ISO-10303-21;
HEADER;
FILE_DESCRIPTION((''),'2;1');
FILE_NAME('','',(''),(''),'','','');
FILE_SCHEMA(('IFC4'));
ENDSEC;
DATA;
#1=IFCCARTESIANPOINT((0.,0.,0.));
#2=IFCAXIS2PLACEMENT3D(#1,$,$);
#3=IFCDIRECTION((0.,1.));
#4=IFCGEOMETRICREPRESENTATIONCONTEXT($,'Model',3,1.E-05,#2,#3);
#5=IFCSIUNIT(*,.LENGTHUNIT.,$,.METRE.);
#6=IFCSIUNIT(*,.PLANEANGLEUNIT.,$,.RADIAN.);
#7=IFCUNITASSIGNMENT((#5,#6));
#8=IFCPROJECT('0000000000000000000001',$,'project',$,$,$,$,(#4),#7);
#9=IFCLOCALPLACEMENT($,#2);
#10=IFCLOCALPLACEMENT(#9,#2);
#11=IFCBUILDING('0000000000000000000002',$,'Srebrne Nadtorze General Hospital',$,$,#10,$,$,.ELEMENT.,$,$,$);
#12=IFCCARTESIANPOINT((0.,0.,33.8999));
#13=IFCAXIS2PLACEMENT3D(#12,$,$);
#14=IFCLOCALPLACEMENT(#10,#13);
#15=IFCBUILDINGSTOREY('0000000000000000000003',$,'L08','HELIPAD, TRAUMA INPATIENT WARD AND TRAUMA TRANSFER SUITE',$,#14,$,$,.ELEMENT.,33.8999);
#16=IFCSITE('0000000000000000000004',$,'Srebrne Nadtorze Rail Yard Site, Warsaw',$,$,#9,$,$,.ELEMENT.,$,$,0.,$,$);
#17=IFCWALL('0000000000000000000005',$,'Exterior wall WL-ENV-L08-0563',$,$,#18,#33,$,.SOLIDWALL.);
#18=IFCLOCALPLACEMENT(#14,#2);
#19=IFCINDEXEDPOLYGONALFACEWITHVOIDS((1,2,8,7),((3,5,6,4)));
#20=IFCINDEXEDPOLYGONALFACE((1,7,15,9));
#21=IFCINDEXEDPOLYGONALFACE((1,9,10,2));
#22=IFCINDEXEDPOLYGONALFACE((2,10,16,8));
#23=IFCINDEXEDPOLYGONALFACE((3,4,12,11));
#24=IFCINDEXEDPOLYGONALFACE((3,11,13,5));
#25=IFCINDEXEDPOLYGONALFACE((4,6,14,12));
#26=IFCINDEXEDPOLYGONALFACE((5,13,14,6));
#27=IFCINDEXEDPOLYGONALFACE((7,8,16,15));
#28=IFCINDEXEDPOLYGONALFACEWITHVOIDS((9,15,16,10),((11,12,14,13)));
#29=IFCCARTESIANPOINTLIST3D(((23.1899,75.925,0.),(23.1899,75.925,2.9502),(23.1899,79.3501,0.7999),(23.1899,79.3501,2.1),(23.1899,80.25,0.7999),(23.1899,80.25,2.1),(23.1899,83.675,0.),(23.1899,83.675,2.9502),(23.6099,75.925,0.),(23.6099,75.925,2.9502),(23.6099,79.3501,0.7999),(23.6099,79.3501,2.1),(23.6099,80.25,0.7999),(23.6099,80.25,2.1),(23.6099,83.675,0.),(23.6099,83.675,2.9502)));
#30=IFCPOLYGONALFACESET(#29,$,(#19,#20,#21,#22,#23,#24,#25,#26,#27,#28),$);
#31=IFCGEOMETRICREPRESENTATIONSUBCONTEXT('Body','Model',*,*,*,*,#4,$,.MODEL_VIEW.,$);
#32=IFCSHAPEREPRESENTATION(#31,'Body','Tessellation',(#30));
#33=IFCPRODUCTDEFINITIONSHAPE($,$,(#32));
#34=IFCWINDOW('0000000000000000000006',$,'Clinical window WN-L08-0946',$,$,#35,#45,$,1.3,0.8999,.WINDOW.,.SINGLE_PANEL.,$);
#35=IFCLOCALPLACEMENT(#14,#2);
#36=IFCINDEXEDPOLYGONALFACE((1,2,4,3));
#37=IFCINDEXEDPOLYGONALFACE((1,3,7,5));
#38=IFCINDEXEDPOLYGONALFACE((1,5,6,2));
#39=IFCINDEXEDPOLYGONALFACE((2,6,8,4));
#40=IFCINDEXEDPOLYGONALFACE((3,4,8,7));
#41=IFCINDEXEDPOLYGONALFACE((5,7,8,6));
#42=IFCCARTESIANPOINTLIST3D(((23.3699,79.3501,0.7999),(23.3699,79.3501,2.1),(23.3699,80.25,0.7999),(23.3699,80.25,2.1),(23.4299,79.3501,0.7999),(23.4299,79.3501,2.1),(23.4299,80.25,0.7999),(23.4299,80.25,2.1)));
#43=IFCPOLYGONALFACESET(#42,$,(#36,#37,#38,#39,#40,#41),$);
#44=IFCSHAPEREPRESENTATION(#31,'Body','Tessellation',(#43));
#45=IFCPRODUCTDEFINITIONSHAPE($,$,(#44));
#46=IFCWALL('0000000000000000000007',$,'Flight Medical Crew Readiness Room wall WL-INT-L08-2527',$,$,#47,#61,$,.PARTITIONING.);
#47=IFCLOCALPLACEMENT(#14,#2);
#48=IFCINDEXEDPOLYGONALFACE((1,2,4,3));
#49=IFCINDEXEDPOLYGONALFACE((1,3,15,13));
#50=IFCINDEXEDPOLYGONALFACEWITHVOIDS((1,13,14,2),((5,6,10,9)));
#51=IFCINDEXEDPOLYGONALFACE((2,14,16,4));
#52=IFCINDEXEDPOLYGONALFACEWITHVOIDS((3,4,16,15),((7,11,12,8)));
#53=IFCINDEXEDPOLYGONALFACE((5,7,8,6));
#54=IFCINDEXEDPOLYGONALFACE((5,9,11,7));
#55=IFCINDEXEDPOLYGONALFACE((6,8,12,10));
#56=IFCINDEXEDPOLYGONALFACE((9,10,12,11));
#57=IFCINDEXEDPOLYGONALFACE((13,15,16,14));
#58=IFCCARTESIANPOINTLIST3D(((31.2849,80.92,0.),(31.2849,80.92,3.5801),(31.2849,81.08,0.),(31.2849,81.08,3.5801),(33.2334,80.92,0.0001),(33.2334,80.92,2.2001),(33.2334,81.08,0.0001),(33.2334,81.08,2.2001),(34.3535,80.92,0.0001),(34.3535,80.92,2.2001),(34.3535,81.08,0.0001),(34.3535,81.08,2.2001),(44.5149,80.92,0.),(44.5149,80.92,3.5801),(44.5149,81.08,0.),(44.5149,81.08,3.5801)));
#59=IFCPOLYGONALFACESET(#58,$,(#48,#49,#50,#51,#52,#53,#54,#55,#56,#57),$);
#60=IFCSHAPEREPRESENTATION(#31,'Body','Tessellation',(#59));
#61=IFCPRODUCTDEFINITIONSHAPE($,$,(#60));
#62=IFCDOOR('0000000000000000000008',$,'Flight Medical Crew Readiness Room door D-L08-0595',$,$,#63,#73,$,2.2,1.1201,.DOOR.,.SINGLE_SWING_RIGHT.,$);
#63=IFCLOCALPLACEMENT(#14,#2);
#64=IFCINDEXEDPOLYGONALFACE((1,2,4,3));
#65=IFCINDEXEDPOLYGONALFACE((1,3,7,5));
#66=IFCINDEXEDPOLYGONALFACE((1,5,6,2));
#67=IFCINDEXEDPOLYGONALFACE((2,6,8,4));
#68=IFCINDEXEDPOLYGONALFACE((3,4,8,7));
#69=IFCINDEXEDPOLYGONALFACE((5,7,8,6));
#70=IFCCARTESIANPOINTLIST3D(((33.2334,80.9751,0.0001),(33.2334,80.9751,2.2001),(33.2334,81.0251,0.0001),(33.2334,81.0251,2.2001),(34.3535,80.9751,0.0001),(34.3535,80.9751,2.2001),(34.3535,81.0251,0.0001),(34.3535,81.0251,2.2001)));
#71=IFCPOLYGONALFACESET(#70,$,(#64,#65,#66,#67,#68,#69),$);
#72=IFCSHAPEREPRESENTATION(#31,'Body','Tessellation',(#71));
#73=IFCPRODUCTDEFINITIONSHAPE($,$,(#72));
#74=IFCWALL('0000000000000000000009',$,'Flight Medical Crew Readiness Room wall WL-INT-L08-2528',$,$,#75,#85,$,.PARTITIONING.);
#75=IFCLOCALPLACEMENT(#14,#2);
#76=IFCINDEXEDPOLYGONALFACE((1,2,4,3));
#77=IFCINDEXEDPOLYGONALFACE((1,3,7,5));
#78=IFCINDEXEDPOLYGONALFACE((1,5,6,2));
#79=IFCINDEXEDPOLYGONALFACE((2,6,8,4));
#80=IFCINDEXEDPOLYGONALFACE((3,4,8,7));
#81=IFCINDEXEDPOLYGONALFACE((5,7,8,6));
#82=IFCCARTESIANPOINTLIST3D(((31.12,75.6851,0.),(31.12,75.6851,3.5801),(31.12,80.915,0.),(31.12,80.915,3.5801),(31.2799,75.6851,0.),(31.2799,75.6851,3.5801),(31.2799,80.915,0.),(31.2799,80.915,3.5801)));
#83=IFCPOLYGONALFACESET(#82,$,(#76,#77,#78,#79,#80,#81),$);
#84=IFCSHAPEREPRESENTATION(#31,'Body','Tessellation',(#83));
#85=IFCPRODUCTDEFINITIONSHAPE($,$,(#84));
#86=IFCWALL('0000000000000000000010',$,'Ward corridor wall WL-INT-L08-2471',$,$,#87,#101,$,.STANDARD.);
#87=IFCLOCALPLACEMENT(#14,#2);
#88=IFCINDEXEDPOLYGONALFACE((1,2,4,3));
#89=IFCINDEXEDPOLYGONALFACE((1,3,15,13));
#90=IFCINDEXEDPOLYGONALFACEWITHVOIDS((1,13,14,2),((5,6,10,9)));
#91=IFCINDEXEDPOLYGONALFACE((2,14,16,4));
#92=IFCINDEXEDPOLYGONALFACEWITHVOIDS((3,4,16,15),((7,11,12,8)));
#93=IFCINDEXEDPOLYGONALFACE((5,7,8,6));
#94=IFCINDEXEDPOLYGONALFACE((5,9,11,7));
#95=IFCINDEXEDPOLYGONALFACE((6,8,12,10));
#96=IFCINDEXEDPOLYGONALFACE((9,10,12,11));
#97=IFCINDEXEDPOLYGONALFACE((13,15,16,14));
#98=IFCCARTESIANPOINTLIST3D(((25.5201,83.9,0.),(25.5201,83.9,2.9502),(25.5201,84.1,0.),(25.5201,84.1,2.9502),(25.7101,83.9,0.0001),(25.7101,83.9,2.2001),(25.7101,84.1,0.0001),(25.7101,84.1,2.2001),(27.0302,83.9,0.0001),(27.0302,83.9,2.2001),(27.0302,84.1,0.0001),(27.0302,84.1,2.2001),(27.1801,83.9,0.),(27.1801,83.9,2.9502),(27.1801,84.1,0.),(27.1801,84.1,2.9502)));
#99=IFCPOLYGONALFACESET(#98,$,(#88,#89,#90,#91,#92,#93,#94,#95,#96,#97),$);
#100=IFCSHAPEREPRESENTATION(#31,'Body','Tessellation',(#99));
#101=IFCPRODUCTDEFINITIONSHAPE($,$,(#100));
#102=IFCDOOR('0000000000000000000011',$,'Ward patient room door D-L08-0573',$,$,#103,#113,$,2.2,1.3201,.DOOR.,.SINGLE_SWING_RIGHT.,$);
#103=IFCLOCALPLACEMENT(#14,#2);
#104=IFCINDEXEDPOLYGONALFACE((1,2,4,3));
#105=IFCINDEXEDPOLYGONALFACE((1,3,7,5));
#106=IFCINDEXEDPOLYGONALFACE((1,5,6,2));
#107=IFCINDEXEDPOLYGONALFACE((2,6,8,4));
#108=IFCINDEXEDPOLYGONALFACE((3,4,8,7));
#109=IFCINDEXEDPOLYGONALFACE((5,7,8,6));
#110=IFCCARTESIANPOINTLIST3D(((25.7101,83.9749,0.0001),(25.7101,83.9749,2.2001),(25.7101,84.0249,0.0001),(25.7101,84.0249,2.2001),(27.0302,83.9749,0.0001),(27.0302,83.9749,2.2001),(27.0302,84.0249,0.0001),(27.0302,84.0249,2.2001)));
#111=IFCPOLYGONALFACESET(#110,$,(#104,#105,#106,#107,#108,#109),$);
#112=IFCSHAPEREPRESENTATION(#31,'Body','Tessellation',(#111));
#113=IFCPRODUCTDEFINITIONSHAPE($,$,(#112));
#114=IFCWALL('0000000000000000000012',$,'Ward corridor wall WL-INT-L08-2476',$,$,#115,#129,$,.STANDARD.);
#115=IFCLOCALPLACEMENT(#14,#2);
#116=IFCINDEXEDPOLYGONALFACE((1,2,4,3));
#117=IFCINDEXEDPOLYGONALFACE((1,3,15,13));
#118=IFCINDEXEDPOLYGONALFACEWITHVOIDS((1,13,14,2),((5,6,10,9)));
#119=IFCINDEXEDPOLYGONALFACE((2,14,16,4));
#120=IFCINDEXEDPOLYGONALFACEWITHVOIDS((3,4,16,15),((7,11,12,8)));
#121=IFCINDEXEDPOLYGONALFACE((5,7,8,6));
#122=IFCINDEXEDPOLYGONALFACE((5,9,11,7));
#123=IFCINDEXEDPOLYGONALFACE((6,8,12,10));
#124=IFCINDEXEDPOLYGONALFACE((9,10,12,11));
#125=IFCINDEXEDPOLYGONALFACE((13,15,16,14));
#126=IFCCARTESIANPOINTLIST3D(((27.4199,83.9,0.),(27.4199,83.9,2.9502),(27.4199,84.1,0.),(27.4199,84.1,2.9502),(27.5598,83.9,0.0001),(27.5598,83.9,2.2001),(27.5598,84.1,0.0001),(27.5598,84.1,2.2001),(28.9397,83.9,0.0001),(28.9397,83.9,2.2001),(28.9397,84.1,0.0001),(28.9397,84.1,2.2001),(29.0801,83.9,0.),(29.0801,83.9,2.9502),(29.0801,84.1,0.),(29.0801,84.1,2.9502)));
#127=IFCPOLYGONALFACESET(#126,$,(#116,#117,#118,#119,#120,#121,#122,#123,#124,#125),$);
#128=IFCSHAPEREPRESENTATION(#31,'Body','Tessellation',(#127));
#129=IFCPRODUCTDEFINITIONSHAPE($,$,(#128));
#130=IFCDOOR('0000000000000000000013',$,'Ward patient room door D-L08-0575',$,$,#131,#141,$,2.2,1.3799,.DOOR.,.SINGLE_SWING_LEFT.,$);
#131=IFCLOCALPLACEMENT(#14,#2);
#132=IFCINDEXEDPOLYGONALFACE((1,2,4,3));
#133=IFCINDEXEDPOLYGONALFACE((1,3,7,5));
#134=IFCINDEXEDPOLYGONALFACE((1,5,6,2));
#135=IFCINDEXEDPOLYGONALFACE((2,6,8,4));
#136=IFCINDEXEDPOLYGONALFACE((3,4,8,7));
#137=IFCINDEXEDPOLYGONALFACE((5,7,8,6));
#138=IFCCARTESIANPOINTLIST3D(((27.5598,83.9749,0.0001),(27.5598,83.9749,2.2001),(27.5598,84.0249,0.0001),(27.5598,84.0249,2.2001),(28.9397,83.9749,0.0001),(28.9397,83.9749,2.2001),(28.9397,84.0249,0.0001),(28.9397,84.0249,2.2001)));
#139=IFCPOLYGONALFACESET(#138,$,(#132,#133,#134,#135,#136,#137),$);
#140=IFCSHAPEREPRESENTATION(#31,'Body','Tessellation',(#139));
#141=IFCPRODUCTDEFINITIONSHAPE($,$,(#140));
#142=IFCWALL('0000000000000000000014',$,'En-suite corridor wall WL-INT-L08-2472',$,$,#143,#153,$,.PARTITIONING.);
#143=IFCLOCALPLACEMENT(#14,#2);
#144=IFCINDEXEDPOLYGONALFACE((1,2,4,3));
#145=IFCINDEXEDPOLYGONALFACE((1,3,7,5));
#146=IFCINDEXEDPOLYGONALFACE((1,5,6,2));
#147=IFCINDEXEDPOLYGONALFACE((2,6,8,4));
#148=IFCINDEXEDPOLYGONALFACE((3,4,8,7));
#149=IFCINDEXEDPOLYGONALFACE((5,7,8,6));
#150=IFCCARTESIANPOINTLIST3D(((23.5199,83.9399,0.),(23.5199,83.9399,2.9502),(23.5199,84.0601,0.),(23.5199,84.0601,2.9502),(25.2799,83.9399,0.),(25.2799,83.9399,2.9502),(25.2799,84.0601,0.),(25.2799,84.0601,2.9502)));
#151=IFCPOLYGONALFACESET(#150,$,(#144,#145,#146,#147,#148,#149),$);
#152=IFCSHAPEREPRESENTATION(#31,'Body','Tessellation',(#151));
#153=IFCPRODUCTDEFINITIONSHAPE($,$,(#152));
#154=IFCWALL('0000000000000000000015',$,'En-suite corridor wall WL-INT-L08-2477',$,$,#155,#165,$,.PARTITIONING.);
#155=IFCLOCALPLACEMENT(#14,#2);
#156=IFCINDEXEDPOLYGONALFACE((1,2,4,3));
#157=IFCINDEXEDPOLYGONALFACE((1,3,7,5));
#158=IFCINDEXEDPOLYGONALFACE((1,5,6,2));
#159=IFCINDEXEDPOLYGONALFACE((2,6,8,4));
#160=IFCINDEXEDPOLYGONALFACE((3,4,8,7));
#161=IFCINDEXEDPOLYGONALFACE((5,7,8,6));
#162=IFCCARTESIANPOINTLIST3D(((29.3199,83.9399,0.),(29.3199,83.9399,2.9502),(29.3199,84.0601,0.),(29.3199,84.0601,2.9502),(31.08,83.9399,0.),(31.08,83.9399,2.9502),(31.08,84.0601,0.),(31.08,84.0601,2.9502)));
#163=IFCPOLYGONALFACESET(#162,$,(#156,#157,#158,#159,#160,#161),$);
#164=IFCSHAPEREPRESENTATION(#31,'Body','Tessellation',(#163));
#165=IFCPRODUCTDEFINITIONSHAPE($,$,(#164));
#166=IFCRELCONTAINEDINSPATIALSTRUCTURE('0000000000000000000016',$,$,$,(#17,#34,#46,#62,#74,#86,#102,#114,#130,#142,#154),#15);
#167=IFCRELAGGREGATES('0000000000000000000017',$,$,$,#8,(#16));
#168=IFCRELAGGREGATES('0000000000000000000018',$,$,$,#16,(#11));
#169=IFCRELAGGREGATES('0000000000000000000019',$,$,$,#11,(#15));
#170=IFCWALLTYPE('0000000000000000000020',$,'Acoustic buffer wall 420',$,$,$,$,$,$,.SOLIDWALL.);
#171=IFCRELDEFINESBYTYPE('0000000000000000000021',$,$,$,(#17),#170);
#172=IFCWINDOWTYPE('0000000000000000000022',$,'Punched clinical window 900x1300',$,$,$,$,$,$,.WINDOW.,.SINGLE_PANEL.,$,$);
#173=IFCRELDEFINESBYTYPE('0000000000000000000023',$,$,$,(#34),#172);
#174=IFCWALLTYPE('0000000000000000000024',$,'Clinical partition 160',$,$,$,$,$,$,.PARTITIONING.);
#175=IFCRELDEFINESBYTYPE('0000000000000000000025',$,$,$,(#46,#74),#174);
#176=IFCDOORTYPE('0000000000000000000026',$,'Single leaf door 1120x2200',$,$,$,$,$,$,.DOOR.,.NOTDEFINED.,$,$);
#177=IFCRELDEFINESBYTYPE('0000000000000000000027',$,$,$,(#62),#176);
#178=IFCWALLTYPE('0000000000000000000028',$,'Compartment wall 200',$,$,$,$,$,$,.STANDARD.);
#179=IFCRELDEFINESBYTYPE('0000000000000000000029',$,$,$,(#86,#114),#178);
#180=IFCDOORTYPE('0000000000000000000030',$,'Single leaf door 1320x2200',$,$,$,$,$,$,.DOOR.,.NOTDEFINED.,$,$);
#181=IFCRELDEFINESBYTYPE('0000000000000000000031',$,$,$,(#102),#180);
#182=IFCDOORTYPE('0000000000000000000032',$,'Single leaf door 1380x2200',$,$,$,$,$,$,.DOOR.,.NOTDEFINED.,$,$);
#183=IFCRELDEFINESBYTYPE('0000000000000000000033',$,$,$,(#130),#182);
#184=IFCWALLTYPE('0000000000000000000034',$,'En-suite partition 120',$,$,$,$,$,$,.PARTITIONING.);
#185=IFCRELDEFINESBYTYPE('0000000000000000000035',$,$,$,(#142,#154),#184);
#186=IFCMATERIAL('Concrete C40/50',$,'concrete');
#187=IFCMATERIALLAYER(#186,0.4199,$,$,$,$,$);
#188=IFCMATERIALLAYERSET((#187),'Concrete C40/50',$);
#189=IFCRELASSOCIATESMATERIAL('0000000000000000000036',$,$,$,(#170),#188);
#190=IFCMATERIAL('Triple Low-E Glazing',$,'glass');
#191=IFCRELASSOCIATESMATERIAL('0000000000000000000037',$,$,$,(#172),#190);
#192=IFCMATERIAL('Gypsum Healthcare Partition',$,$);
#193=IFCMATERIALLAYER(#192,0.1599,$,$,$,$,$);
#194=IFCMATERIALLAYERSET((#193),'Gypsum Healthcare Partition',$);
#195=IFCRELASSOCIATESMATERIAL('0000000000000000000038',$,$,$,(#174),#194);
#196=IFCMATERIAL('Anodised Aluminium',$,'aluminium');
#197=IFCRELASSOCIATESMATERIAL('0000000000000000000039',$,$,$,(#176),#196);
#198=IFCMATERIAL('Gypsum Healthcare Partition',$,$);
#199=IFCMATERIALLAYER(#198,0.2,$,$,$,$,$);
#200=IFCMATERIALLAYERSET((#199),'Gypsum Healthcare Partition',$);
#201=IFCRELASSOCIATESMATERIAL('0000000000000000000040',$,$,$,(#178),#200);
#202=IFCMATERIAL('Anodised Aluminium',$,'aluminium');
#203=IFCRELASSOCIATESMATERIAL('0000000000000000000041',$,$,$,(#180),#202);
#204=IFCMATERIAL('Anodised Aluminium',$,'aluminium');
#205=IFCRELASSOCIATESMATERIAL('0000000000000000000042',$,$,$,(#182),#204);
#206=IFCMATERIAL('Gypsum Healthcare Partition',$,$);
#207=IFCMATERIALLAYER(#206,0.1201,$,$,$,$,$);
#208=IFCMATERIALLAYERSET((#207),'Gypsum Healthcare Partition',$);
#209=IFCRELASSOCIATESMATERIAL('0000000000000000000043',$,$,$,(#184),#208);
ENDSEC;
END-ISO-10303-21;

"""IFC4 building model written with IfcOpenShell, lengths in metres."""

from ifc_helpers import new_model, si_unit, direction, frame, frame_2d, origin, place, context, subcontext, project, spatial, rectangle, extrude, material, layer, layer_set, type_object, element, fill, save


model = new_model("IFC4")

# Units and contexts
model_context = context("Model", 3, precision=1e-05, world=origin(), true_north=direction((0.0, 1.0)))
body_context = subcontext(model_context, "Body", "Model", "MODEL_VIEW")
ifc_project = project(units=[si_unit("LENGTHUNIT", "METRE"), si_unit("PLANEANGLEUNIT", "RADIAN")], contexts=[model_context])

# Site, building, storey
site_placement = place(None, origin())
site = spatial("IfcSite", under=ifc_project, at=site_placement, Name="Srebrne Nadtorze Rail Yard Site, Warsaw", CompositionType="ELEMENT", RefElevation=0.0)
building_placement = place(site_placement, origin())
building = spatial("IfcBuilding", under=site, at=building_placement, Name="Srebrne Nadtorze General Hospital", CompositionType="ELEMENT")
storey_placement = place(building_placement, frame((0.0, 0.0, 33.8999)))
storey = spatial("IfcBuildingStorey", under=building, at=storey_placement, Name="L08", Description="HELIPAD, TRAUMA INPATIENT WARD AND TRAUMA TRANSFER SUITE", CompositionType="ELEMENT", Elevation=33.8999)

# Wall, opening, window
ifc_material_1 = material(Name="Concrete C40/50", Category="concrete")
ifc_layer_1 = layer(ifc_material_1, 0.4199)
ifc_layer_set_1 = layer_set([ifc_layer_1], Name="Concrete C40/50")
wall_type_1 = type_object("IfcWallType", Name="Acoustic buffer wall 420", PredefinedType="SOLIDWALL", material=ifc_layer_set_1)
wall_1_placement = place(storey_placement, frame((23.3999, 75.925, 0.0), z_axis=(0.0, 0.0, 1.0), x_axis=(0.0, 1.0, 0.0)))
wall_1 = element("IfcWall", 1, at=wall_1_placement, inside=storey, type_object=wall_type_1, Name="Exterior wall WL-ENV-L08-0563", PredefinedType="SOLIDWALL", context=body_context, shape_type="SweptSolid", body=[
    extrude(rectangle(XDim=7.75, YDim=0.4199, at=frame_2d((3.875, 0.0))), origin(), (0.0, 0.0, 1.0), 2.9502),
])
opening_1_placement = place(wall_1_placement, frame((3.425, 0.0, 0.8)))
opening_1 = element("IfcOpeningElement", 2, at=opening_1_placement, cuts=wall_1, PredefinedType="OPENING", context=body_context, shape_type="SweptSolid", body=[
    extrude(rectangle(XDim=0.8999, YDim=1.3, at=frame_2d((0.45, 0.6499))), frame((0.0, 0.2219, 0.0), z_axis=(0.0, -1.0, 0.0), x_axis=(1.0, 0.0, 0.0)), (0.0, 0.0, 1.0), 0.4438),
])
ifc_material_2 = material(Name="Triple Low-E Glazing", Category="glass")
window_type = type_object("IfcWindowType", Name="Punched clinical window 900x1300", PartitioningType="SINGLE_PANEL", PredefinedType="WINDOW", material=ifc_material_2)
window_placement = place(opening_1_placement, origin())
window = element("IfcWindow", 3, at=window_placement, inside=storey, type_object=window_type, Name="Clinical window WN-L08-0946", OverallHeight=1.3, OverallWidth=0.8999, PartitioningType="SINGLE_PANEL", PredefinedType="WINDOW", context=body_context, shape_type="SweptSolid", body=[
    extrude(rectangle(XDim=0.8999, YDim=1.3, at=frame_2d((0.45, 0.6499))), frame((0.0, 0.03, 0.0), z_axis=(0.0, -1.0, 0.0), x_axis=(1.0, 0.0, 0.0)), (0.0, 0.0, 1.0), 0.0601),
])
fill(opening_1, window)

# Wall, opening, door
ifc_material_3 = material(Name="Gypsum Healthcare Partition")
ifc_layer_2 = layer(ifc_material_3, 0.1599)
ifc_layer_set_2 = layer_set([ifc_layer_2], Name="Gypsum Healthcare Partition")
wall_type_2 = type_object("IfcWallType", Name="Clinical partition 160", PredefinedType="PARTITIONING", material=ifc_layer_set_2)
wall_2_placement = place(storey_placement, frame((31.2849, 81.0, 0.0), z_axis=(0.0, 0.0, 1.0), x_axis=(1.0, 0.0, 0.0)))
wall_2 = element("IfcWall", 4, at=wall_2_placement, inside=storey, type_object=wall_type_2, Name="Flight Medical Crew Readiness Room wall WL-INT-L08-2527", PredefinedType="PARTITIONING", context=body_context, shape_type="SweptSolid", body=[
    extrude(rectangle(XDim=13.23, YDim=0.1599, at=frame_2d((6.615, 0.0))), origin(), (0.0, 0.0, 1.0), 3.5801),
])
opening_2_placement = place(wall_2_placement, frame((1.9485, 0.0, 0.0)))
opening_2 = element("IfcOpeningElement", 5, at=opening_2_placement, cuts=wall_2, PredefinedType="OPENING", context=body_context, shape_type="SweptSolid", body=[
    extrude(rectangle(XDim=1.1201, YDim=2.2, at=frame_2d((0.5601, 1.1001))), frame((0.0, 0.0918, 0.0), z_axis=(0.0, -1.0, 0.0), x_axis=(1.0, 0.0, 0.0)), (0.0, 0.0, 1.0), 0.1838),
])
ifc_material_4 = material(Name="Anodised Aluminium", Category="aluminium")
door_type_1 = type_object("IfcDoorType", Name="Single leaf door 1120x2200", OperationType="NOTDEFINED", PredefinedType="DOOR", material=ifc_material_4)
door_1_placement = place(opening_2_placement, frame((1.1201, 0.0, 0.0), z_axis=(0.0, 0.0, 1.0), x_axis=(-1.0, 0.0, 0.0)))
door_1 = element("IfcDoor", 6, at=door_1_placement, inside=storey, type_object=door_type_1, Name="Flight Medical Crew Readiness Room door D-L08-0595", OperationType="SINGLE_SWING_RIGHT", OverallHeight=2.2, OverallWidth=1.1201, PredefinedType="DOOR", context=body_context, shape_type="SweptSolid", body=[
    extrude(rectangle(XDim=1.1201, YDim=2.2, at=frame_2d((0.5601, 1.1001))), frame((0.0, 0.0249, 0.0), z_axis=(0.0, -1.0, 0.0), x_axis=(1.0, 0.0, 0.0)), (0.0, 0.0, 1.0), 0.05),
])
fill(opening_2, door_1)

# Wall
wall_3_placement = place(storey_placement, frame((31.2, 75.6851, 0.0), z_axis=(0.0, 0.0, 1.0), x_axis=(0.0, 1.0, 0.0)))
element("IfcWall", 7, at=wall_3_placement, inside=storey, type_object=wall_type_2, Name="Flight Medical Crew Readiness Room wall WL-INT-L08-2528", PredefinedType="PARTITIONING", context=body_context, shape_type="SweptSolid", body=[
    extrude(rectangle(XDim=5.23, YDim=0.1599, at=frame_2d((2.615, 0.0))), origin(), (0.0, 0.0, 1.0), 3.5801),
])

# Walls, openings, doors
ifc_material_5 = material(Name="Gypsum Healthcare Partition")
ifc_layer_3 = layer(ifc_material_5, 0.2)
ifc_layer_set_3 = layer_set([ifc_layer_3], Name="Gypsum Healthcare Partition")
wall_type_3 = type_object("IfcWallType", Name="Compartment wall 200", PredefinedType="STANDARD", material=ifc_layer_set_3)
wall_4_placement = place(storey_placement, frame((25.52, 84.0, 0.0), z_axis=(0.0, 0.0, 1.0), x_axis=(1.0, 0.0, 0.0)))
wall_4 = element("IfcWall", 8, at=wall_4_placement, inside=storey, type_object=wall_type_3, Name="Ward corridor wall WL-INT-L08-2471", PredefinedType="STANDARD", context=body_context, shape_type="SweptSolid", body=[
    extrude(rectangle(XDim=1.6599, YDim=0.2, at=frame_2d((0.8301, 0.0))), origin(), (0.0, 0.0, 1.0), 2.9502),
])
opening_3_placement = place(wall_4_placement, frame((0.1899, 0.0, 0.0)))
opening_3 = element("IfcOpeningElement", 9, at=opening_3_placement, cuts=wall_4, PredefinedType="OPENING", context=body_context, shape_type="SweptSolid", body=[
    extrude(rectangle(XDim=1.3201, YDim=2.2, at=frame_2d((0.6602, 1.1001))), frame((0.0, 0.1118, 0.0), z_axis=(0.0, -1.0, 0.0), x_axis=(1.0, 0.0, 0.0)), (0.0, 0.0, 1.0), 0.2239),
])
ifc_material_6 = material(Name="Anodised Aluminium", Category="aluminium")
door_type_2 = type_object("IfcDoorType", Name="Single leaf door 1320x2200", OperationType="NOTDEFINED", PredefinedType="DOOR", material=ifc_material_6)
door_2_placement = place(opening_3_placement, origin())
door_2 = element("IfcDoor", 10, at=door_2_placement, inside=storey, type_object=door_type_2, Name="Ward patient room door D-L08-0573", OperationType="SINGLE_SWING_RIGHT", OverallHeight=2.2, OverallWidth=1.3201, PredefinedType="DOOR", context=body_context, shape_type="SweptSolid", body=[
    extrude(rectangle(XDim=1.3201, YDim=2.2, at=frame_2d((0.6602, 1.1001))), frame((0.0, 0.0249, 0.0), z_axis=(0.0, -1.0, 0.0), x_axis=(1.0, 0.0, 0.0)), (0.0, 0.0, 1.0), 0.05),
])
fill(opening_3, door_2)
wall_5_placement = place(storey_placement, frame((27.4199, 84.0, 0.0), z_axis=(0.0, 0.0, 1.0), x_axis=(1.0, 0.0, 0.0)))
wall_5 = element("IfcWall", 11, at=wall_5_placement, inside=storey, type_object=wall_type_3, Name="Ward corridor wall WL-INT-L08-2476", PredefinedType="STANDARD", context=body_context, shape_type="SweptSolid", body=[
    extrude(rectangle(XDim=1.6602, YDim=0.2, at=frame_2d((0.8301, 0.0))), origin(), (0.0, 0.0, 1.0), 2.9502),
])
opening_4_placement = place(wall_5_placement, frame((0.1399, 0.0, 0.0)))
opening_4 = element("IfcOpeningElement", 12, at=opening_4_placement, cuts=wall_5, PredefinedType="OPENING", context=body_context, shape_type="SweptSolid", body=[
    extrude(rectangle(XDim=1.3799, YDim=2.2, at=frame_2d((0.6899, 1.1001))), frame((0.0, 0.1118, 0.0), z_axis=(0.0, -1.0, 0.0), x_axis=(1.0, 0.0, 0.0)), (0.0, 0.0, 1.0), 0.2239),
])
ifc_material_7 = material(Name="Anodised Aluminium", Category="aluminium")
door_type_3 = type_object("IfcDoorType", Name="Single leaf door 1380x2200", OperationType="NOTDEFINED", PredefinedType="DOOR", material=ifc_material_7)
door_3_placement = place(opening_4_placement, origin())
door_3 = element("IfcDoor", 13, at=door_3_placement, inside=storey, type_object=door_type_3, Name="Ward patient room door D-L08-0575", OperationType="SINGLE_SWING_LEFT", OverallHeight=2.2, OverallWidth=1.3799, PredefinedType="DOOR", context=body_context, shape_type="SweptSolid", body=[
    extrude(rectangle(XDim=1.3799, YDim=2.2, at=frame_2d((0.6899, 1.1001))), frame((0.0, 0.0249, 0.0), z_axis=(0.0, -1.0, 0.0), x_axis=(1.0, 0.0, 0.0)), (0.0, 0.0, 1.0), 0.05),
])
fill(opening_4, door_3)

# Walls
ifc_material_8 = material(Name="Gypsum Healthcare Partition")
ifc_layer_4 = layer(ifc_material_8, 0.1201)
ifc_layer_set_4 = layer_set([ifc_layer_4], Name="Gypsum Healthcare Partition")
wall_type_4 = type_object("IfcWallType", Name="En-suite partition 120", PredefinedType="PARTITIONING", material=ifc_layer_set_4)
for number, where, z_axis, x_axis, name in (
    (14, (23.52, 84.0, 0.0), (0.0, 0.0, 1.0), (1.0, 0.0, 0.0), "En-suite corridor wall WL-INT-L08-2472"),
    (15, (29.3201, 84.0, 0.0), (0.0, 0.0, 1.0), (1.0, 0.0, 0.0), "En-suite corridor wall WL-INT-L08-2477"),
):
    element("IfcWall", number, at=place(storey_placement, frame(where, z_axis=z_axis, x_axis=x_axis)), inside=storey, type_object=wall_type_4, Name=name, PredefinedType="PARTITIONING", context=body_context, shape_type="SweptSolid", body=[
        extrude(rectangle(XDim=1.76, YDim=0.1201, at=frame_2d((0.8799, 0.0))), origin(), (0.0, 0.0, 1.0), 2.9502),
    ])

save(model, "model.ifc")
